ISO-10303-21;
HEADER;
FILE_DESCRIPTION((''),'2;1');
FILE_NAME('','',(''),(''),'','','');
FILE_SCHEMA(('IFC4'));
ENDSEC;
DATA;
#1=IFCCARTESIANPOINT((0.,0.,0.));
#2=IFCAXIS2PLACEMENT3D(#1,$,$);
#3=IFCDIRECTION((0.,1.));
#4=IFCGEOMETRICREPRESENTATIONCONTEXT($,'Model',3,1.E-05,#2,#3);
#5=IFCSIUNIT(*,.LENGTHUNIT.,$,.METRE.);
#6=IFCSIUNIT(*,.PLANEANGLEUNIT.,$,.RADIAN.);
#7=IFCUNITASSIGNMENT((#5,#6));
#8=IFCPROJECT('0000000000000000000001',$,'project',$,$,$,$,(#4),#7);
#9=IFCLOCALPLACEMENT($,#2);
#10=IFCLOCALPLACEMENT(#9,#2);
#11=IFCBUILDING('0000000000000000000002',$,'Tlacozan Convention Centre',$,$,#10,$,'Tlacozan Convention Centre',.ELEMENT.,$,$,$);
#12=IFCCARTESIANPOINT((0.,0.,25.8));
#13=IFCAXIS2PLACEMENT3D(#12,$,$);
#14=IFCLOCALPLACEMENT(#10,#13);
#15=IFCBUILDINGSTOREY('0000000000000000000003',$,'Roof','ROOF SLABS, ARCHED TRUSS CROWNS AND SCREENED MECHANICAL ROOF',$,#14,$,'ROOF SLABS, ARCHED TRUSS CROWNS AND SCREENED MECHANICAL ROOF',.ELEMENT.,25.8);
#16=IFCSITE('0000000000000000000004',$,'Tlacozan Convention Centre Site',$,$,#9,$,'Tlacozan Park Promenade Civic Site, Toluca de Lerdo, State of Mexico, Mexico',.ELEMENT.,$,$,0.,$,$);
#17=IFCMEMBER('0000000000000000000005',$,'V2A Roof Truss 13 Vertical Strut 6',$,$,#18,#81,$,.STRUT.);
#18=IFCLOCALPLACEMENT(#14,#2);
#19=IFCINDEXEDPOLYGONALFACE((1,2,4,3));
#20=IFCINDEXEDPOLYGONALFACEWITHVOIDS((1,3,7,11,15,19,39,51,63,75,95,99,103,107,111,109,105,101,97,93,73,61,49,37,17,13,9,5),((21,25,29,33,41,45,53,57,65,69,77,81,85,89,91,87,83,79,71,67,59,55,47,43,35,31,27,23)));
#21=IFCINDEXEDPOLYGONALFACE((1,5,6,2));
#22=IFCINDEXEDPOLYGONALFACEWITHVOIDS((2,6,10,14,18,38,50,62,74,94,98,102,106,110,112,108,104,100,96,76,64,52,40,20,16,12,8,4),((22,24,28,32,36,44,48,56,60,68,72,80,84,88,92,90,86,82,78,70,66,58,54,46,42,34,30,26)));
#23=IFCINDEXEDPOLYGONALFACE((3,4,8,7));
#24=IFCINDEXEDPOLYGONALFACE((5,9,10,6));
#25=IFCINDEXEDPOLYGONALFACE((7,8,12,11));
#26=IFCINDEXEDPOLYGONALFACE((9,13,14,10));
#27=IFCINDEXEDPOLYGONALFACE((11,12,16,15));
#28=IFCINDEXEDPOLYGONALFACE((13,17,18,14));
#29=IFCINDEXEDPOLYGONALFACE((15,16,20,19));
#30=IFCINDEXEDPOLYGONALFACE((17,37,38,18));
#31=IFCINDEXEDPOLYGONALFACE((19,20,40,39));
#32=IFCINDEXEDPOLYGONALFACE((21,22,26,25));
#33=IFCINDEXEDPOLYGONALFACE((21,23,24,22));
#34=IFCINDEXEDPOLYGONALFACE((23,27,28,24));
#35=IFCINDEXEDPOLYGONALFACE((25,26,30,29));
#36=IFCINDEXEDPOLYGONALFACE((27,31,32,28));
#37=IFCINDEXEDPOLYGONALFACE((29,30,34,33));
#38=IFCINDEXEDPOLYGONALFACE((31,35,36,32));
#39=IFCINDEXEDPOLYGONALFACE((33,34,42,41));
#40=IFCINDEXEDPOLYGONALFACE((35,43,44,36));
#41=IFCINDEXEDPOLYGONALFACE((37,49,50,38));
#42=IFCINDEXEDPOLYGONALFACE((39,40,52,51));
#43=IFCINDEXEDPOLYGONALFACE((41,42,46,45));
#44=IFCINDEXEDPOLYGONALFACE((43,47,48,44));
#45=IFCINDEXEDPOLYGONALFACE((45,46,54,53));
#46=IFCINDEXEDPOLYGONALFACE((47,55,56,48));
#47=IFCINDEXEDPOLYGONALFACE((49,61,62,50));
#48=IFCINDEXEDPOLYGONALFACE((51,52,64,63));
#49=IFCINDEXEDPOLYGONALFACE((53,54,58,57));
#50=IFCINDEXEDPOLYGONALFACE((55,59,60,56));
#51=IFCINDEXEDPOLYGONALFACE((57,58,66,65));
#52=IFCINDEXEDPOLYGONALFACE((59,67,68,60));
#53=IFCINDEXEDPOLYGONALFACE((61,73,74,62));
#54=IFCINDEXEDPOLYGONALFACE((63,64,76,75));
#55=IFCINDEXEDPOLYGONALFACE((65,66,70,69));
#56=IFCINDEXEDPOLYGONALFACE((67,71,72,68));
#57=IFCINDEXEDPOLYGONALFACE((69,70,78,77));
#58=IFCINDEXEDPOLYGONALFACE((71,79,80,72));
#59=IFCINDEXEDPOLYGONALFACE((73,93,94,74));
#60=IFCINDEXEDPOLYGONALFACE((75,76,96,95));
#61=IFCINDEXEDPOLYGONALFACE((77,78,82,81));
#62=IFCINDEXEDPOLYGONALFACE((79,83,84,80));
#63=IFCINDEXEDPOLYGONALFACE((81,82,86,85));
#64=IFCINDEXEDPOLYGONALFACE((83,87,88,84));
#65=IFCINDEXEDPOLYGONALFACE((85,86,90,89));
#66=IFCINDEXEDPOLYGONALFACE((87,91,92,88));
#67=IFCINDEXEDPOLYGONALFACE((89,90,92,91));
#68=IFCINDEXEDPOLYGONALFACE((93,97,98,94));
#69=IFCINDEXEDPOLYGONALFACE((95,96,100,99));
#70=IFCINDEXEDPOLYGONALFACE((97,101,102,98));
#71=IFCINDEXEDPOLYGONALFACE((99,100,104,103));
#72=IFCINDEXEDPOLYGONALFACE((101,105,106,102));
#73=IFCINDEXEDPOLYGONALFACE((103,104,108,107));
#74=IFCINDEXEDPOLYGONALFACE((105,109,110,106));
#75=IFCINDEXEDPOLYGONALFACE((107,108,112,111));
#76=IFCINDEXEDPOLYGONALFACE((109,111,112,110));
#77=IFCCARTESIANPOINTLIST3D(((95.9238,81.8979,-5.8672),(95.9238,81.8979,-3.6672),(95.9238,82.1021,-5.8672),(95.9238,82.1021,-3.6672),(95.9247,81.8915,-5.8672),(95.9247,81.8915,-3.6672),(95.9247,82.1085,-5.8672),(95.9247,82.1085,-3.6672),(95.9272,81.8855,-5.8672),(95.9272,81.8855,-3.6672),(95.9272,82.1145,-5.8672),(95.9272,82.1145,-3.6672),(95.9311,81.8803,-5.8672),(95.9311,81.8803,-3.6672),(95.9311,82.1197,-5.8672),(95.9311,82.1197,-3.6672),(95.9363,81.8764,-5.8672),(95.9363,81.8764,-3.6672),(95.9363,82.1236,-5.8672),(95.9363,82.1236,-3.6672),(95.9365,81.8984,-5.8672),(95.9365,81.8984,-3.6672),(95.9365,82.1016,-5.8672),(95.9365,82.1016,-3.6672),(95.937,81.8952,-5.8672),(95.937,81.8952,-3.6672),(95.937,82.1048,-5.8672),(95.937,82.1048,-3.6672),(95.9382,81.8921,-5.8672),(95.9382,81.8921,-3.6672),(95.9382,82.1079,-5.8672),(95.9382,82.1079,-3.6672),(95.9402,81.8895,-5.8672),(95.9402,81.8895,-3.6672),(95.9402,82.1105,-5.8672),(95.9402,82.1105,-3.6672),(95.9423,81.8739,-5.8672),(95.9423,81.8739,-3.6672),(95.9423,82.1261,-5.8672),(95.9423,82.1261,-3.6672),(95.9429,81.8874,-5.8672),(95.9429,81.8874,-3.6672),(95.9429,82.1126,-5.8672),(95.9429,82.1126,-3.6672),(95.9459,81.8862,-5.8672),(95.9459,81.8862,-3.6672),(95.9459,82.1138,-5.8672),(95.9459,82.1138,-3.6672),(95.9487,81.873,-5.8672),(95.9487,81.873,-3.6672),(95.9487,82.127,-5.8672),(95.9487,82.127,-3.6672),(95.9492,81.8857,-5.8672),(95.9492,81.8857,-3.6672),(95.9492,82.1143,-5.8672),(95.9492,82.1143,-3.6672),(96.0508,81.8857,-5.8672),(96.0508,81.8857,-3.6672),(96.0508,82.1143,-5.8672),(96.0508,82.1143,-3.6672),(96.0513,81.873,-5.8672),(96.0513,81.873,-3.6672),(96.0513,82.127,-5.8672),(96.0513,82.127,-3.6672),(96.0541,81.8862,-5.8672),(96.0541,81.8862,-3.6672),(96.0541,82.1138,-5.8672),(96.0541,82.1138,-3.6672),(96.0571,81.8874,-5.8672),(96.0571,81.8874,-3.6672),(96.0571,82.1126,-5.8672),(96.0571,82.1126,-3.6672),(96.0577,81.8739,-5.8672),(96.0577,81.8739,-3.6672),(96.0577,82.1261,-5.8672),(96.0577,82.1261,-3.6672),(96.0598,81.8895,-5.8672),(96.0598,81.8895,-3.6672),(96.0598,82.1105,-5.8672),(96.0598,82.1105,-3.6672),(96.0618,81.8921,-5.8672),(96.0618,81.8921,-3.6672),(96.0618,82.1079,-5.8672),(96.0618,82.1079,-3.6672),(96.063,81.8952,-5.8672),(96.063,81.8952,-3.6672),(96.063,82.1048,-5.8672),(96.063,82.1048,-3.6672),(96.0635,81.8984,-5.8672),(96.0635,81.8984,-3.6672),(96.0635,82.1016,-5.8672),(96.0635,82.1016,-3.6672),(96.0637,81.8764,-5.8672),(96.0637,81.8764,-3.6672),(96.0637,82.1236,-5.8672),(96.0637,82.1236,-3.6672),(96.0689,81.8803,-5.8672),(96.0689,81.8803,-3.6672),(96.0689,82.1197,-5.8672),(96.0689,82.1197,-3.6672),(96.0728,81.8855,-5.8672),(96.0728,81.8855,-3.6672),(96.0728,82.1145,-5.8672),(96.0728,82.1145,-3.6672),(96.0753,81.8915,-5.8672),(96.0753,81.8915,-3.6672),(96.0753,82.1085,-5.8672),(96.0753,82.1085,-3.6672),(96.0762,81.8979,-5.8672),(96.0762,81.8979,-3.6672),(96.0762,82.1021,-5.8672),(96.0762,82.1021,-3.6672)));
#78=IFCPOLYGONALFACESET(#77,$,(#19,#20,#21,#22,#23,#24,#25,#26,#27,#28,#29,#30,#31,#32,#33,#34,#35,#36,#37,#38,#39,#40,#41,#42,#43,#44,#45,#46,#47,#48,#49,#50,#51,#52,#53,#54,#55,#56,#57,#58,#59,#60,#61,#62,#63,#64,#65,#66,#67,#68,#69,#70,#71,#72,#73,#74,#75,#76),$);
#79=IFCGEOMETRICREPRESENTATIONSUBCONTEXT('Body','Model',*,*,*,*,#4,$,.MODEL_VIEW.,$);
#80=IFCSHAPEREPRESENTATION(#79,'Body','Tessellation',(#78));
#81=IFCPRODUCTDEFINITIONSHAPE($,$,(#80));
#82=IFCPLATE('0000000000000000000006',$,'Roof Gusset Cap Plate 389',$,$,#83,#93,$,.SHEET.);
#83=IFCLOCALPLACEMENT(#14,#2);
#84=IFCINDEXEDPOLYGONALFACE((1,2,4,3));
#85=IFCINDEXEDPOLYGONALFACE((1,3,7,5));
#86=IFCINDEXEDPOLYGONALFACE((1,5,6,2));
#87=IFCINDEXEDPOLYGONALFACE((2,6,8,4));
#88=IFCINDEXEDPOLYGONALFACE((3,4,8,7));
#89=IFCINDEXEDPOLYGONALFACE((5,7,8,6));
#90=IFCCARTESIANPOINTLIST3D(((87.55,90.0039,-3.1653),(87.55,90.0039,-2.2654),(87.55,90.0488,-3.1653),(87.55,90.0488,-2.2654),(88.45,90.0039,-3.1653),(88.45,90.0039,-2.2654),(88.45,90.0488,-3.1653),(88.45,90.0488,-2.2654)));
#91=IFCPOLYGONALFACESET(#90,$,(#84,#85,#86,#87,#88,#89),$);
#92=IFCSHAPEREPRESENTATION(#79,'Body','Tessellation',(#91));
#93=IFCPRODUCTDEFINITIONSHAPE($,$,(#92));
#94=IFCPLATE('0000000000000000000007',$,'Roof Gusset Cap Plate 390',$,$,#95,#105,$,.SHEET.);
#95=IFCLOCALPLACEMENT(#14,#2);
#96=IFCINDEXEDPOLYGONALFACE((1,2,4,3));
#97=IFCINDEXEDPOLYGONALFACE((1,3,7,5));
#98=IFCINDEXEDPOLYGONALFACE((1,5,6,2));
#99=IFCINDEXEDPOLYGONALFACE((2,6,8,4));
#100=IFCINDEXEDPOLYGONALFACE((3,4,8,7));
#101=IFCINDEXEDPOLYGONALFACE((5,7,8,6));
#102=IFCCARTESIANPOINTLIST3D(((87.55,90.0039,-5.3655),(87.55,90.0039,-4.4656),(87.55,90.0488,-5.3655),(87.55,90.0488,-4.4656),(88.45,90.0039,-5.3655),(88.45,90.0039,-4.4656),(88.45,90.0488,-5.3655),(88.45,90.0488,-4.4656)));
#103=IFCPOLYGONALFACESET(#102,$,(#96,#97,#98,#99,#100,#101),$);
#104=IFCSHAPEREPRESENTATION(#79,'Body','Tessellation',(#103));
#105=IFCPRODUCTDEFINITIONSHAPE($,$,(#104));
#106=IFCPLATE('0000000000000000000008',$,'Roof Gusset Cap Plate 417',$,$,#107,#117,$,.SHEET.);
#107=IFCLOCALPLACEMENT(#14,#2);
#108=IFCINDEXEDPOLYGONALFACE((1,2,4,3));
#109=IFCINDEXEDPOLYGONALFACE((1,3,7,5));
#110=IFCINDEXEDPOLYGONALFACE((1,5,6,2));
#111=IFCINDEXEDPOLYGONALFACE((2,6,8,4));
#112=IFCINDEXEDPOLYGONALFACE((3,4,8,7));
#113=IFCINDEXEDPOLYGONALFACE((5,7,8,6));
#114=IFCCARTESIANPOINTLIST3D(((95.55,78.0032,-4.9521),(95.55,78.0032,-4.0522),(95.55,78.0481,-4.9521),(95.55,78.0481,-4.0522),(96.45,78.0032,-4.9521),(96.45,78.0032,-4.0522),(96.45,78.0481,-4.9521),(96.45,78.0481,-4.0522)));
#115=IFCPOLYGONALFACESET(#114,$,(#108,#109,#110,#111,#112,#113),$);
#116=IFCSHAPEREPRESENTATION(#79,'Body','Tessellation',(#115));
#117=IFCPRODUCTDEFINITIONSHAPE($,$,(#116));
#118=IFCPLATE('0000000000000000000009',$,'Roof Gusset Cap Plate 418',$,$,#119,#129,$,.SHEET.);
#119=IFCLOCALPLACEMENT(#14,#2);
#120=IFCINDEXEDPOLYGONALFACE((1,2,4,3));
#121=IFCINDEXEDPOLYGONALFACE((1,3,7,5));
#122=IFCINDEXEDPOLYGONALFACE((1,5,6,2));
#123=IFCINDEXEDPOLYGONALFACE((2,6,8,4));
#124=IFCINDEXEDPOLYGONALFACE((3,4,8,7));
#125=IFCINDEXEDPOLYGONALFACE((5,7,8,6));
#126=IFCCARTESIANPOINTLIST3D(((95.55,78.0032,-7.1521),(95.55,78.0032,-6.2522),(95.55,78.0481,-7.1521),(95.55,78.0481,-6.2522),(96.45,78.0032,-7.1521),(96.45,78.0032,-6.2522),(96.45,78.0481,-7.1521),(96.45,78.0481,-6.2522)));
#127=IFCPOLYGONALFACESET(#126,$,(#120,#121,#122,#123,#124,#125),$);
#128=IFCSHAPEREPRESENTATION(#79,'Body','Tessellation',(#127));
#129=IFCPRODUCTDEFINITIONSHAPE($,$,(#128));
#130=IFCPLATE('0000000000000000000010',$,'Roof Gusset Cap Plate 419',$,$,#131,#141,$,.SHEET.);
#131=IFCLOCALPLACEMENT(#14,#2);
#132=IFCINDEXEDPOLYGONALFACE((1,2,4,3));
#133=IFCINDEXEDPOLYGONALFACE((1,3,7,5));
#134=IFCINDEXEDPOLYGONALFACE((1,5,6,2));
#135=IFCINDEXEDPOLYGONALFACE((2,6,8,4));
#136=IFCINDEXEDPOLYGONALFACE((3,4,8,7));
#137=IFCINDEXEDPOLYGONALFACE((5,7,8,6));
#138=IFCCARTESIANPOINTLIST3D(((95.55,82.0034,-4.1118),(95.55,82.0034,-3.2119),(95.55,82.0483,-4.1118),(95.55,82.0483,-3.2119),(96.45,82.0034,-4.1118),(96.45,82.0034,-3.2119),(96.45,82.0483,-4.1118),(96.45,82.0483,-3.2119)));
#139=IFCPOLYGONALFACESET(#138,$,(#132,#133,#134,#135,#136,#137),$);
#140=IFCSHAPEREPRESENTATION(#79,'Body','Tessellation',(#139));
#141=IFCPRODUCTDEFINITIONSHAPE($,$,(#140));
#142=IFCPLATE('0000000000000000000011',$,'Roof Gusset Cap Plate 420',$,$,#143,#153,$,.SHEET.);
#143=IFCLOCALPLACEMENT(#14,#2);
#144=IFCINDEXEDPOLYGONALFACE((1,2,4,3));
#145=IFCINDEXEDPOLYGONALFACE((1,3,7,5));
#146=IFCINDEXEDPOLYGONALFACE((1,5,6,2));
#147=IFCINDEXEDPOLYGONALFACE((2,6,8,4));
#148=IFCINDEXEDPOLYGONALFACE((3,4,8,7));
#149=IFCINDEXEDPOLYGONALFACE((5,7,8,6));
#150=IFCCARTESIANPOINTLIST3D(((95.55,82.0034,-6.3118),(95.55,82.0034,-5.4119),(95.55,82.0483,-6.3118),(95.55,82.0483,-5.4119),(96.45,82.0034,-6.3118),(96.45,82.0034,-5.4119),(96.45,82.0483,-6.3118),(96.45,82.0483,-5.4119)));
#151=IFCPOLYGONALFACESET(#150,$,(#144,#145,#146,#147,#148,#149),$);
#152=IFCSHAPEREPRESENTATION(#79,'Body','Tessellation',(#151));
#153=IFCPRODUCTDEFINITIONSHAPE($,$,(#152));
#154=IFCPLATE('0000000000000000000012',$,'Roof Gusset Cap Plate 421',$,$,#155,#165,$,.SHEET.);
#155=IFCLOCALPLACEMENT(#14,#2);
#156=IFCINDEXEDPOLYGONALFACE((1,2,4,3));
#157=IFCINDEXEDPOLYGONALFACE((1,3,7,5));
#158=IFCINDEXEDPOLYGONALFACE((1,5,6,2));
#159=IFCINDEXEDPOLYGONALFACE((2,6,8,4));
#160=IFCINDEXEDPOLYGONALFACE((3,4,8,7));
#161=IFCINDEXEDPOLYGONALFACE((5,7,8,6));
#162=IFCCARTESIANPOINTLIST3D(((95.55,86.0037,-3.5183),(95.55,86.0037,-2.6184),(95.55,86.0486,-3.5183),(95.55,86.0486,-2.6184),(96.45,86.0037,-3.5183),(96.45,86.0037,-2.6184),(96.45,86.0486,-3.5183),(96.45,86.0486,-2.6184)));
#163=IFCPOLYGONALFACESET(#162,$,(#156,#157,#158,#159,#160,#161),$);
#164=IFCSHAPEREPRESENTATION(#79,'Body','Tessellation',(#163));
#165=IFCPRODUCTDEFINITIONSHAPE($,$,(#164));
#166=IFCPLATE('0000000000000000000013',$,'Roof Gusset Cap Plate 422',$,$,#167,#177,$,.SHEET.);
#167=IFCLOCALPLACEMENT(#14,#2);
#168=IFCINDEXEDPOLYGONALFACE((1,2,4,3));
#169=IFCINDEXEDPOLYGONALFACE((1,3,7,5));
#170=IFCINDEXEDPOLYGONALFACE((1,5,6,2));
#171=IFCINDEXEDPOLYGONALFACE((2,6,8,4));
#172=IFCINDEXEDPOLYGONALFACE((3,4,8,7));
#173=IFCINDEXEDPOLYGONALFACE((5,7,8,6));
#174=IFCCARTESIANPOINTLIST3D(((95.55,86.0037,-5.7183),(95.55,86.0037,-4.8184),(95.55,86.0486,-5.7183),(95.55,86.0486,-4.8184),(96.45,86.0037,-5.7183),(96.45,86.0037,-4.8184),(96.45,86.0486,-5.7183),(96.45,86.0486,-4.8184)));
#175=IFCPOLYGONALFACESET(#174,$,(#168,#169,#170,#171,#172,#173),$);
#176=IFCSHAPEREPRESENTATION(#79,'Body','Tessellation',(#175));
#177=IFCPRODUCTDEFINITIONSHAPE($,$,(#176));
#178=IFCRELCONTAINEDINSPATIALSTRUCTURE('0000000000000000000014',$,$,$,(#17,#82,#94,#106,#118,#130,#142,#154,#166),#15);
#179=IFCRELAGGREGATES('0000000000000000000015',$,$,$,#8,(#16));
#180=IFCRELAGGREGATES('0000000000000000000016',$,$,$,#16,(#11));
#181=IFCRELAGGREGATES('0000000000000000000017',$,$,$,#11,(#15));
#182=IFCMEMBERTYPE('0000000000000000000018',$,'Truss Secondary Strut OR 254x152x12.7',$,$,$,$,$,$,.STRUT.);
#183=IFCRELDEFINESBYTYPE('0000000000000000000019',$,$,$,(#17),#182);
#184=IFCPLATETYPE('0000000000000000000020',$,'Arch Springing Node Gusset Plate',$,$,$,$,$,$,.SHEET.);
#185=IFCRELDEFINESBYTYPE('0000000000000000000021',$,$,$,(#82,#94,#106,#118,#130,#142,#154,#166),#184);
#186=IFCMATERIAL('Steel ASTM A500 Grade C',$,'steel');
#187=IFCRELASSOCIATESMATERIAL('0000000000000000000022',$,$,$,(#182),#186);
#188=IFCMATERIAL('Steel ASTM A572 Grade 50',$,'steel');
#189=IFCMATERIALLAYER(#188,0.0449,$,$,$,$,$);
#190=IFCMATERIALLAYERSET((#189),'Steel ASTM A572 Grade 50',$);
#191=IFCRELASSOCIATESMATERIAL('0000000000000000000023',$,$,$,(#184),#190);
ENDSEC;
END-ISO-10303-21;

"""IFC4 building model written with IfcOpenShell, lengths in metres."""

from ifc_helpers import new_model, si_unit, direction, frame, origin, origin_2d, place, context, subcontext, project, spatial, rectangle, hollow_rectangle, extrude, material, layer, layer_set, material_profile, profile_set, type_object, element, save


model = new_model("IFC4")

# Units and contexts
model_context = context("Model", 3, precision=1e-05, world=origin(), true_north=direction((0.0, 1.0)))
body_context = subcontext(model_context, "Body", "Model", "MODEL_VIEW")
ifc_project = project(units=[si_unit("LENGTHUNIT", "METRE"), si_unit("PLANEANGLEUNIT", "RADIAN")], contexts=[model_context])

# Site, building, storey
site_placement = place(None, origin())
site = spatial("IfcSite", under=ifc_project, at=site_placement, Name="Tlacozan Convention Centre Site", LongName="Tlacozan Park Promenade Civic Site, Toluca de Lerdo, State of Mexico, Mexico", CompositionType="ELEMENT", RefElevation=0.0)
building_placement = place(site_placement, origin())
building = spatial("IfcBuilding", under=site, at=building_placement, Name="Tlacozan Convention Centre", LongName="Tlacozan Convention Centre", CompositionType="ELEMENT")
storey_placement = place(building_placement, frame((0.0, 0.0, 25.8)))
storey = spatial("IfcBuildingStorey", under=building, at=storey_placement, Name="Roof", Description="ROOF SLABS, ARCHED TRUSS CROWNS AND SCREENED MECHANICAL ROOF", LongName="ROOF SLABS, ARCHED TRUSS CROWNS AND SCREENED MECHANICAL ROOF", CompositionType="ELEMENT", Elevation=25.8)

# Member
ifc_material_1 = material(Name="Steel ASTM A500 Grade C", Category="steel")
ifc_material_profile_1 = material_profile(ifc_material_1, hollow_rectangle(XDim=0.1523, YDim=0.2539, WallThickness=0.0127, InnerFilletRadius=0.0127, OuterFilletRadius=0.0249, at=origin_2d()), Name="OR 254x152x12.7")
ifc_profile_set_1 = profile_set([ifc_material_profile_1], Name="Steel ASTM A500 Grade C")
member_type_1 = type_object("IfcMemberType", Name="Truss Secondary Strut OR 254x152x12.7", PredefinedType="STRUT", material=ifc_profile_set_1)
for number, where, z_axis, x_axis, name in (
    (1, (96.0, 82.0, -5.8672), (0.0, 0.0, 1.0), (1.0, 0.0, 0.0), "V2A Roof Truss 13 Vertical Strut 6"),
):
    element("IfcMember", number, at=place(storey_placement, frame(where, z_axis=z_axis, x_axis=x_axis)), inside=storey, type_object=member_type_1, Name=name, PredefinedType="STRUT", context=body_context, shape_type="SweptSolid", body=[
        extrude(hollow_rectangle(XDim=0.1523, YDim=0.2539, WallThickness=0.0127, InnerFilletRadius=0.0127, OuterFilletRadius=0.0249, at=origin_2d()), origin(), (0.0, 0.0, 1.0), 2.2),
    ])

# Plates
ifc_material_2 = material(Name="Steel ASTM A572 Grade 50", Category="steel")
ifc_layer = layer(ifc_material_2, 0.0449)
ifc_layer_set = layer_set([ifc_layer], Name="Steel ASTM A572 Grade 50")
plate_type = type_object("IfcPlateType", Name="Arch Springing Node Gusset Plate", PredefinedType="SHEET", material=ifc_layer_set)
for number, where, z_axis, x_axis, name in (
    (2, (88.0, 90.0264, -3.1653), (0.0, 0.0, 1.0), (0.0, 1.0, 0.0), "Roof Gusset Cap Plate 389"),
    (3, (88.0, 90.0264, -5.3655), (0.0, 0.0, 1.0), (0.0, 1.0, 0.0), "Roof Gusset Cap Plate 390"),
    (4, (96.0, 78.0256, -4.9521), (0.0, 0.0, 1.0), (0.0, 1.0, 0.0), "Roof Gusset Cap Plate 417"),
    (5, (96.0, 78.0256, -7.1521), (0.0, 0.0, 1.0), (0.0, 1.0, 0.0), "Roof Gusset Cap Plate 418"),
    (6, (96.0, 82.0259, -4.1118), (0.0, 0.0, 1.0), (0.0, 1.0, 0.0), "Roof Gusset Cap Plate 419"),
    (7, (96.0, 82.0259, -6.3118), (0.0, 0.0, 1.0), (0.0, 1.0, 0.0), "Roof Gusset Cap Plate 420"),
    (8, (96.0, 86.0261, -3.5183), (0.0, 0.0, 1.0), (0.0, 1.0, 0.0), "Roof Gusset Cap Plate 421"),
    (9, (96.0, 86.0261, -5.7183), (0.0, 0.0, 1.0), (0.0, 1.0, 0.0), "Roof Gusset Cap Plate 422"),
):
    element("IfcPlate", number, at=place(storey_placement, frame(where, z_axis=z_axis, x_axis=x_axis)), inside=storey, type_object=plate_type, Name=name, PredefinedType="SHEET", context=body_context, shape_type="SweptSolid", body=[
        extrude(rectangle(XDim=0.0449, YDim=0.8999, at=origin_2d()), origin(), (0.0, 0.0, 1.0), 0.8999),
    ])

save(model, "model.ifc")
